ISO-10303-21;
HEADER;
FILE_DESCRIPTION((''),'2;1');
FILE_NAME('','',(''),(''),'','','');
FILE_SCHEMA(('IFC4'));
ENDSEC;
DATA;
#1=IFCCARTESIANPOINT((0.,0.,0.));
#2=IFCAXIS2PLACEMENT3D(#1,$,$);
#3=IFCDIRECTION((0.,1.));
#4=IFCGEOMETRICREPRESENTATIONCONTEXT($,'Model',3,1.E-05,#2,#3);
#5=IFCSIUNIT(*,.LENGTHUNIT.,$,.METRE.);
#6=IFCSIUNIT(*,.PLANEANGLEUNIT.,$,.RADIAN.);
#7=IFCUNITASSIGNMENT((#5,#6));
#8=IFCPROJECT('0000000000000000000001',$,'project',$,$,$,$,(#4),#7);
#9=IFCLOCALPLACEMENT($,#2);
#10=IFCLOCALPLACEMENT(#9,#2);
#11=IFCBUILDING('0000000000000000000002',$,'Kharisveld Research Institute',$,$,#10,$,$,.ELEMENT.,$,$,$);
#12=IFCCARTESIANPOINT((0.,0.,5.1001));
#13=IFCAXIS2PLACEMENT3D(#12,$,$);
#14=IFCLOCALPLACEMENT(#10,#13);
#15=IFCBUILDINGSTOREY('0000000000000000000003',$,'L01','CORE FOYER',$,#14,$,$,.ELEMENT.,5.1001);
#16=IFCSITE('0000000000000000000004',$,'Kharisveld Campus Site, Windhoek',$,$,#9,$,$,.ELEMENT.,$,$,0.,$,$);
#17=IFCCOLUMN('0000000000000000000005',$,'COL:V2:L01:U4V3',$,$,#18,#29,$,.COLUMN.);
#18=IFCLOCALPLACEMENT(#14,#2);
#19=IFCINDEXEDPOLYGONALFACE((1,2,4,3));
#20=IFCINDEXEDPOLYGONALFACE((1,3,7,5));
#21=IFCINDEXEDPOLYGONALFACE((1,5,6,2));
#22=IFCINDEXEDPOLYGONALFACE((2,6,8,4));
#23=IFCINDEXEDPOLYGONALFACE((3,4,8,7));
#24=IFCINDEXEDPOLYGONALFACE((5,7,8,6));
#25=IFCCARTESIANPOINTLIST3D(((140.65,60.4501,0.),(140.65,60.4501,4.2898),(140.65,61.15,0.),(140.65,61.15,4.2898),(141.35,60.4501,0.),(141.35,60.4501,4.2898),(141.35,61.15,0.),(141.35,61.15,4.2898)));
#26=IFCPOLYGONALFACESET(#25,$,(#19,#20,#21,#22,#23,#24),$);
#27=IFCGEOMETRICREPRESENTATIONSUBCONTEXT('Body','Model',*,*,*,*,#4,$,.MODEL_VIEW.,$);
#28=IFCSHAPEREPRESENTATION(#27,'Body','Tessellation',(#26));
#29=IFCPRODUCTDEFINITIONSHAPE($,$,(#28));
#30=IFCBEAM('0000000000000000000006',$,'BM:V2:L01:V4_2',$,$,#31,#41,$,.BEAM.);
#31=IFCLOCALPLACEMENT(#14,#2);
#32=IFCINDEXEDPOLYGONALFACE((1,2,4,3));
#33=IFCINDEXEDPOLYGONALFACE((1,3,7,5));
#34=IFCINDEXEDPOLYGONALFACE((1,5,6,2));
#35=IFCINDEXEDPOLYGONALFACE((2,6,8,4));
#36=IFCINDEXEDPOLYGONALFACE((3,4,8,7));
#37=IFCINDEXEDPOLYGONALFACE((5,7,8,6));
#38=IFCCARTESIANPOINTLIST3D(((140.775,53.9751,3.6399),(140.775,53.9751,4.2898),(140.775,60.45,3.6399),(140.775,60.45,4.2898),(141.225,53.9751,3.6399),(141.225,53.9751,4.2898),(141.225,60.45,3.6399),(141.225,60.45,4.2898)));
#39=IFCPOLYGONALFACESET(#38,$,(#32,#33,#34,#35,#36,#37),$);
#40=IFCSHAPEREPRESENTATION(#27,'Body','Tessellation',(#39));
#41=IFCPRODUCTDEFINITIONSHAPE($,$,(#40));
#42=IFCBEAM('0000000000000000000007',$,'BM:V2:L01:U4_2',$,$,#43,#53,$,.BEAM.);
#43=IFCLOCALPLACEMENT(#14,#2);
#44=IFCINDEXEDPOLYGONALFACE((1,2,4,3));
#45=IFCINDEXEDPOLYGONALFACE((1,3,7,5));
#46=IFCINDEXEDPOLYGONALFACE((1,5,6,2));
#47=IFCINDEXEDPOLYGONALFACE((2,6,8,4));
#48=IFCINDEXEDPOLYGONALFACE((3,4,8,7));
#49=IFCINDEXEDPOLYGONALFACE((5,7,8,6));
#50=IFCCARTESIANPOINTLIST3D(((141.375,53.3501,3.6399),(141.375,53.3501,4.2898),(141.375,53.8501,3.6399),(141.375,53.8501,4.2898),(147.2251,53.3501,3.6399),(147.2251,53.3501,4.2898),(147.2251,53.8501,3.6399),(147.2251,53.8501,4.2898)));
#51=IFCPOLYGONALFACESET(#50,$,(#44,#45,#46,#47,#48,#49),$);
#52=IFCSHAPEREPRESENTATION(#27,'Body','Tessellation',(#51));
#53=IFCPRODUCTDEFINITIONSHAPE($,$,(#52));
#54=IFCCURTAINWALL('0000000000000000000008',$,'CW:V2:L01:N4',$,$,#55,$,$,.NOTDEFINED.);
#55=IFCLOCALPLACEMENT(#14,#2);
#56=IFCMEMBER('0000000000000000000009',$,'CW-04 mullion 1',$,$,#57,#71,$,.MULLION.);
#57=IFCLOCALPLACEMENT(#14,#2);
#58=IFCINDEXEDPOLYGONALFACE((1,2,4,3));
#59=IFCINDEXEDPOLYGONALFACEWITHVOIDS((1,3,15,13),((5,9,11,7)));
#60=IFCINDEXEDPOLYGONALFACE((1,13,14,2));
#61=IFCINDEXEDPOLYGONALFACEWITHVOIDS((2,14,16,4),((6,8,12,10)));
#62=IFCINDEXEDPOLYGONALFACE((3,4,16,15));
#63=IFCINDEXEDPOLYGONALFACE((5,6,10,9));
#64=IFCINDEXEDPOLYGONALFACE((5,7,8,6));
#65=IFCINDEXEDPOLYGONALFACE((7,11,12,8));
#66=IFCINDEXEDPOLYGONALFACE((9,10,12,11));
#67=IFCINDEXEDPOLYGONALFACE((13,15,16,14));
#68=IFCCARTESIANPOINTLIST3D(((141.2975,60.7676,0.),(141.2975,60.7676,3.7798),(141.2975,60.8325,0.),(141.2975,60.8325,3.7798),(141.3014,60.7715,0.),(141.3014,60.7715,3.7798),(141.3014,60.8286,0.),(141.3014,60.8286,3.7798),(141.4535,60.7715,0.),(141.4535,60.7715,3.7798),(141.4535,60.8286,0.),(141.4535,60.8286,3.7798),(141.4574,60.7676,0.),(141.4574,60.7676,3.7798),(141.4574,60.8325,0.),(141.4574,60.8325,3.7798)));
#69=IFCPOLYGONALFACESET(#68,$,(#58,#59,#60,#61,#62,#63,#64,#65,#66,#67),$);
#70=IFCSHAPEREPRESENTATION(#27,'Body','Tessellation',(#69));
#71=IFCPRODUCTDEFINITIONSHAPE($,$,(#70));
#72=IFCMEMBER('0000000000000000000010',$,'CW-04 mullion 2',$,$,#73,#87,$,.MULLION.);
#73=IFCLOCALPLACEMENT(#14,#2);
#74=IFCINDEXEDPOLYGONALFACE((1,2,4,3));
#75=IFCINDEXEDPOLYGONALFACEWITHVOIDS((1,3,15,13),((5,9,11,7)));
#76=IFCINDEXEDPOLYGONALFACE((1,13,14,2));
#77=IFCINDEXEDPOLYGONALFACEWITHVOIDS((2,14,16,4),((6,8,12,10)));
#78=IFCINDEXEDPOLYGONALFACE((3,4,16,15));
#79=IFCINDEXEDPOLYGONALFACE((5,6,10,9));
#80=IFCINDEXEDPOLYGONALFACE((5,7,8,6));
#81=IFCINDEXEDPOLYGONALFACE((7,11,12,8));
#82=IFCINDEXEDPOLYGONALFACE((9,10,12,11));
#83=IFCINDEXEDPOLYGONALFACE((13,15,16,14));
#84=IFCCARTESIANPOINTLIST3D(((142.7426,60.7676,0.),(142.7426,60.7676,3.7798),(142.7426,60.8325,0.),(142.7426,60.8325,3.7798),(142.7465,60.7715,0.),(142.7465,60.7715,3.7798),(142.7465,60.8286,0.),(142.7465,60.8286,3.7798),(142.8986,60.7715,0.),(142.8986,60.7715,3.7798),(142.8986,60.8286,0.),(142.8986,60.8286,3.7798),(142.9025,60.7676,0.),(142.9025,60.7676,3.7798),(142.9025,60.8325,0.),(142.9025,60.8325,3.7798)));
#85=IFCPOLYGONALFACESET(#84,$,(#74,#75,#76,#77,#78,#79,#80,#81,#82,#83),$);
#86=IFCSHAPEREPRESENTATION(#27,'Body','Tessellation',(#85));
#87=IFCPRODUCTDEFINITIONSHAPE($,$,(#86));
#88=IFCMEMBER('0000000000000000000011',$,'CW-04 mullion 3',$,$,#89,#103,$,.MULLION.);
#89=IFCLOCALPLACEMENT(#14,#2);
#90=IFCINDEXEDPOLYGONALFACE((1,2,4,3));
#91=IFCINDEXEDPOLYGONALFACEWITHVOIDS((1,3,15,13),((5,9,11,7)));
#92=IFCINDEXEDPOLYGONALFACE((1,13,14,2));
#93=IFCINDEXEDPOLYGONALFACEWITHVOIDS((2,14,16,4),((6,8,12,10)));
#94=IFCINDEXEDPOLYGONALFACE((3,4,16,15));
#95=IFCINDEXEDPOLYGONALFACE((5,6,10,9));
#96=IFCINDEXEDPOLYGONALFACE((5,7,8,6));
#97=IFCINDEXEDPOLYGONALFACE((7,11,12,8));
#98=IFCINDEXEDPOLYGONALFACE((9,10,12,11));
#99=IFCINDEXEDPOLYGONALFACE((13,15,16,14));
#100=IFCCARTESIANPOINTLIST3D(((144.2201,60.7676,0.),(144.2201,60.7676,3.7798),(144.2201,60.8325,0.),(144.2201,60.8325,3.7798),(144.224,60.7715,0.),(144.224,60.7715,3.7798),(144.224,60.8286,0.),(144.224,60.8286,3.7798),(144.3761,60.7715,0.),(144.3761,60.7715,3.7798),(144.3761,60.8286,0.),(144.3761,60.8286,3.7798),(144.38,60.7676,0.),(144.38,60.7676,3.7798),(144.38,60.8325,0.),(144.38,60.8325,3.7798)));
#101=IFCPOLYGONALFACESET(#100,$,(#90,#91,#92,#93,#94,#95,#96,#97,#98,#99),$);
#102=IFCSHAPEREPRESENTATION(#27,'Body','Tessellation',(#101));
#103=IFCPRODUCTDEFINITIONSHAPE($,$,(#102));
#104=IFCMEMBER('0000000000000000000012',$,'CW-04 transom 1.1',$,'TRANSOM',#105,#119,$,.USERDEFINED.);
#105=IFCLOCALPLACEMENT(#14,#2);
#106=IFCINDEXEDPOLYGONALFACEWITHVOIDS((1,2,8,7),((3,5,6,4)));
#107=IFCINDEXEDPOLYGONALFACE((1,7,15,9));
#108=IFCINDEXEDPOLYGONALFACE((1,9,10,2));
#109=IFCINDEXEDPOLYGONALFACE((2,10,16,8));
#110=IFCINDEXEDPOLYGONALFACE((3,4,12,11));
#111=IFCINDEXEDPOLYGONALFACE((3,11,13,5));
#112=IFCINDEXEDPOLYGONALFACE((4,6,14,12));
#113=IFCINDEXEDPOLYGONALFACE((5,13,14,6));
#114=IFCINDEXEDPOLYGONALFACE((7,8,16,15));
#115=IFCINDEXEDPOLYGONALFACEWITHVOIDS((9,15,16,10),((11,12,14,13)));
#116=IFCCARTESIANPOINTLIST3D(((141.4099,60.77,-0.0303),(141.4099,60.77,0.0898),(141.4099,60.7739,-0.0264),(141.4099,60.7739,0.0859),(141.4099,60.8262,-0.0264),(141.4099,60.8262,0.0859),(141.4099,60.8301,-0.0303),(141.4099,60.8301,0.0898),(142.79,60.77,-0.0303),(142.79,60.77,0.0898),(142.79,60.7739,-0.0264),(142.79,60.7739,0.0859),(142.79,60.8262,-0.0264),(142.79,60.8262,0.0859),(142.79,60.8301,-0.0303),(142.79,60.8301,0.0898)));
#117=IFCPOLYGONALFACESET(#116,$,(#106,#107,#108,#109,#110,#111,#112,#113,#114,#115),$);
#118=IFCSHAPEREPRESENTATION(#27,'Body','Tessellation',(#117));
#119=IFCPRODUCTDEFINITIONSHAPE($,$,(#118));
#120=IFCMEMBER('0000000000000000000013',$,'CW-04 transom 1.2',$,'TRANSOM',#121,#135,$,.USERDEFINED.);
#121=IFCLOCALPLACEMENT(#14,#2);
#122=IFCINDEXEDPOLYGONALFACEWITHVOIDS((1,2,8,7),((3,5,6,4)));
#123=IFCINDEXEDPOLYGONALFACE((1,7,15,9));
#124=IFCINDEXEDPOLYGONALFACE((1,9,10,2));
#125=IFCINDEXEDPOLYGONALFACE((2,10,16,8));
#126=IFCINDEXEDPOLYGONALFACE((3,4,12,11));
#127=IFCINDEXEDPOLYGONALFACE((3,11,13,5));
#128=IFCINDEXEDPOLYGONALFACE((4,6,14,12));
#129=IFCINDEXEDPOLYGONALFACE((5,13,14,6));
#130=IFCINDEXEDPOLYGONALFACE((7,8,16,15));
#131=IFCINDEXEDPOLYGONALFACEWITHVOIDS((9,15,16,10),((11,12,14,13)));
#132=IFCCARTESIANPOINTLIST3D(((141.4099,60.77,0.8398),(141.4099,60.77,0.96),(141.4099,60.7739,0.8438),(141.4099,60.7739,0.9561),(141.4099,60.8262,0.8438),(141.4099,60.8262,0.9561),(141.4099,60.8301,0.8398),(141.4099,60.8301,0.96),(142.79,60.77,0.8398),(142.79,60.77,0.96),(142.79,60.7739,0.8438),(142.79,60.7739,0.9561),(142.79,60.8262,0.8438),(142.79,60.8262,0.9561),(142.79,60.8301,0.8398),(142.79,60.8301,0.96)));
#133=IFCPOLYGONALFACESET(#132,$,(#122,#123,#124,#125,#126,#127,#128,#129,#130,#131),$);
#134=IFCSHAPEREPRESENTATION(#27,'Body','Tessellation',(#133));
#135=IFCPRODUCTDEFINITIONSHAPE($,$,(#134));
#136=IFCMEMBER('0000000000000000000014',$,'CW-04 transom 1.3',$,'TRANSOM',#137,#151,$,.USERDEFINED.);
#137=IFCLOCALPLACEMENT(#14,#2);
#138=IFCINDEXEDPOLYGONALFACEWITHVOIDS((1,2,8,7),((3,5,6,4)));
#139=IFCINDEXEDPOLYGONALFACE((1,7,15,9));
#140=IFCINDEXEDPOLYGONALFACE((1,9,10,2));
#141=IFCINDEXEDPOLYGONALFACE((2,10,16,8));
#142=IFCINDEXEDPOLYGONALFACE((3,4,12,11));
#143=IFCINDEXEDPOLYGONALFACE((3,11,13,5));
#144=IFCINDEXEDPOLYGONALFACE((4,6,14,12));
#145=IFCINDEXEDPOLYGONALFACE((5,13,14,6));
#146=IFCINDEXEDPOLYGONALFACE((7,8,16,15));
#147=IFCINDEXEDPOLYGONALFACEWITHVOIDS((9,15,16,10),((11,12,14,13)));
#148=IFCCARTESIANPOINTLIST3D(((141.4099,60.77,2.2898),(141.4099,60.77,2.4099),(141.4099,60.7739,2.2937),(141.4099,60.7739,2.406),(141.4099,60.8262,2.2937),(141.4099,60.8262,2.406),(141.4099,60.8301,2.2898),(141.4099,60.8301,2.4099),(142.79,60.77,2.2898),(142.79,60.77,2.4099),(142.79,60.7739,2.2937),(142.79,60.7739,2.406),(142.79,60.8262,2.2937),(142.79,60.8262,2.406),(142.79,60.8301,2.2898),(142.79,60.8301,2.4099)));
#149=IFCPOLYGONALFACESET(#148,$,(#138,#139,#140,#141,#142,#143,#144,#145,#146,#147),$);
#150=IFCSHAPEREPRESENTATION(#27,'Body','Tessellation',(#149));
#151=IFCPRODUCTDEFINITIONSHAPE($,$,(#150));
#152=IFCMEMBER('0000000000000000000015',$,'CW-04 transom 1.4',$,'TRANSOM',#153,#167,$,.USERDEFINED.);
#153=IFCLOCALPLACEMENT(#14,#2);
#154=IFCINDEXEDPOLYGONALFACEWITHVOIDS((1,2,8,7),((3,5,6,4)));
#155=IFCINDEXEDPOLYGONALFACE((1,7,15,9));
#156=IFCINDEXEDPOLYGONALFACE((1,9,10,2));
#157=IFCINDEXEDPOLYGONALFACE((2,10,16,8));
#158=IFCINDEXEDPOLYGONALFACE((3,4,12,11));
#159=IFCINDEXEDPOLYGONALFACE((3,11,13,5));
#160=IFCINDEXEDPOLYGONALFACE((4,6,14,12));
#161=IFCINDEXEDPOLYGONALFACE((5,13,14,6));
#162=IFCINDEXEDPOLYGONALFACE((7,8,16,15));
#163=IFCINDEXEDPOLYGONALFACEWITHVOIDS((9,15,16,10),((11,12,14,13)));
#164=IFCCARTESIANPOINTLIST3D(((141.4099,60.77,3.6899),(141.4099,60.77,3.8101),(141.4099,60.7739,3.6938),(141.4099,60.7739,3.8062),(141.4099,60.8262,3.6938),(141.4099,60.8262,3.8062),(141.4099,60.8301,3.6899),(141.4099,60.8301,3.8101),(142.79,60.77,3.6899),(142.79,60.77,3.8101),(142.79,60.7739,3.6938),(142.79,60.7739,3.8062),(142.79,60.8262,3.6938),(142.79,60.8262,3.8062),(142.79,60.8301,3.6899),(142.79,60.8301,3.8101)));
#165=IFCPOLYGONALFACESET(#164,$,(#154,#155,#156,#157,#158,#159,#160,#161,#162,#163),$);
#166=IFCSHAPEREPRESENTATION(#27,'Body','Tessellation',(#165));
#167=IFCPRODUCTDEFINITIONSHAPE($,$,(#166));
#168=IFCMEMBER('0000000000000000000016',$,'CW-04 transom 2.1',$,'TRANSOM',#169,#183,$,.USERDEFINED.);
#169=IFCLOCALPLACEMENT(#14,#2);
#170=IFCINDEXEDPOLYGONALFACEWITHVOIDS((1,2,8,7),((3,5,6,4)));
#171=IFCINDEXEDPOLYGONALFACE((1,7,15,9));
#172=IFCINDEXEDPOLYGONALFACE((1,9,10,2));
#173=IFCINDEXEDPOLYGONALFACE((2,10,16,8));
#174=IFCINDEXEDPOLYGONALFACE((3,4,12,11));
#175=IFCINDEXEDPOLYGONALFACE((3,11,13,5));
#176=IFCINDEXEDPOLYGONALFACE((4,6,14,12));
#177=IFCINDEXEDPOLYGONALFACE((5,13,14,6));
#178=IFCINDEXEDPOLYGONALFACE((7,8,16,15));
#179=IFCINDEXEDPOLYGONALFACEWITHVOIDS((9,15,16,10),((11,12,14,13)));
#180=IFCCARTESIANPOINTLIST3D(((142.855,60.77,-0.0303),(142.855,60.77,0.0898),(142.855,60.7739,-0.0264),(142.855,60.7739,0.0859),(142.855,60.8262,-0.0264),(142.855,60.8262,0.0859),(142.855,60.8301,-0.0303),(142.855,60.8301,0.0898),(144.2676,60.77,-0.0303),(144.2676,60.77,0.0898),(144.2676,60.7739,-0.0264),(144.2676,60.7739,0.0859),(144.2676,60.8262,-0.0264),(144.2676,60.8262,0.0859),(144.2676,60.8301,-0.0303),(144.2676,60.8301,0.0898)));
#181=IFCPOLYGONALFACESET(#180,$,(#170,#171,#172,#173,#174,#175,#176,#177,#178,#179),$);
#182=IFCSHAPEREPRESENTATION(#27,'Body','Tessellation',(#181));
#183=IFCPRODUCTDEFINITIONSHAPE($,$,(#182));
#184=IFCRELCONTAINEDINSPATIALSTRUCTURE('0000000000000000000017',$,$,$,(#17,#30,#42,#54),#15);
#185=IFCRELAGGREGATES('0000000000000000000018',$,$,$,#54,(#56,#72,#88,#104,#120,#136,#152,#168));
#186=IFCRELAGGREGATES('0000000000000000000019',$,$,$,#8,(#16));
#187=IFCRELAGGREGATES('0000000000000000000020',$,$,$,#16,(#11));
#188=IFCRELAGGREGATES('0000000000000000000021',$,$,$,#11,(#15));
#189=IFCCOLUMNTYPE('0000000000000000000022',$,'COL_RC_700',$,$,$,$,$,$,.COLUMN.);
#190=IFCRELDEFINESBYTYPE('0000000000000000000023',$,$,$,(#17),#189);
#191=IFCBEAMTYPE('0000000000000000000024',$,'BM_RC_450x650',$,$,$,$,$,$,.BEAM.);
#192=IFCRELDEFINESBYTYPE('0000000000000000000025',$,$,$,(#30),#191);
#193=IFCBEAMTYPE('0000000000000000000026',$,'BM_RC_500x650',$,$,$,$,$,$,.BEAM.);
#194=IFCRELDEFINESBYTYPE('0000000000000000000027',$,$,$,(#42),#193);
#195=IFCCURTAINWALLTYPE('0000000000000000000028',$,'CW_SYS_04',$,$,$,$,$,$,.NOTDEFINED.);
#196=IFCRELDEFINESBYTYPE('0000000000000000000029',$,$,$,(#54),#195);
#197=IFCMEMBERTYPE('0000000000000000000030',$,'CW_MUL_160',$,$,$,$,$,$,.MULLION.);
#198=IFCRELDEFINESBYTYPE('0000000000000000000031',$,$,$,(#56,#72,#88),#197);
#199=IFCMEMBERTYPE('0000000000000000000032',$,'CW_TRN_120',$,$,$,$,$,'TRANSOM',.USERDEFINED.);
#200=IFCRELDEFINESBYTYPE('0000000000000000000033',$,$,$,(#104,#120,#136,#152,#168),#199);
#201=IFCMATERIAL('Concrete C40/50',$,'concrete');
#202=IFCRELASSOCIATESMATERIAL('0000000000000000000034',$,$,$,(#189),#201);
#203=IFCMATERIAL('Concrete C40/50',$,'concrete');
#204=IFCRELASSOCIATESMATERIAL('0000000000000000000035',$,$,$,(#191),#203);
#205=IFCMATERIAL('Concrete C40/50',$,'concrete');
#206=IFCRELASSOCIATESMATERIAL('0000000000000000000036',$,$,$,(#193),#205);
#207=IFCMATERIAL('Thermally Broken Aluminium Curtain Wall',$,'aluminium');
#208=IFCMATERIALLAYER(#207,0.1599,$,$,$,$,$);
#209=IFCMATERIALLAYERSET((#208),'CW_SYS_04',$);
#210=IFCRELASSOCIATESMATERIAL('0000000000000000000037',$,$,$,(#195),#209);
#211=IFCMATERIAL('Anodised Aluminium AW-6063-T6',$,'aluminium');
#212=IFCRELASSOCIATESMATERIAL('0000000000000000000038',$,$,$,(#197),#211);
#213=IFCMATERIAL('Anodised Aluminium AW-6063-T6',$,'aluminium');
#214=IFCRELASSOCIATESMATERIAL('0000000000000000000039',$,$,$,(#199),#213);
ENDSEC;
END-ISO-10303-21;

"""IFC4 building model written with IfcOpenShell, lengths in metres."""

from ifc_helpers import new_model, si_unit, direction, frame, origin, origin_2d, place, context, subcontext, project, spatial, rectangle, hollow_rectangle, extrude, material, layer, layer_set, material_profile, profile_set, type_object, element, aggregate, save


model = new_model("IFC4")

# Units and contexts
model_context = context("Model", 3, precision=1e-05, world=origin(), true_north=direction((0.0, 1.0)))
body_context = subcontext(model_context, "Body", "Model", "MODEL_VIEW")
ifc_project = project(units=[si_unit("LENGTHUNIT", "METRE"), si_unit("PLANEANGLEUNIT", "RADIAN")], contexts=[model_context])

# Site, building, storey
site_placement = place(None, origin())
site = spatial("IfcSite", under=ifc_project, at=site_placement, Name="Kharisveld Campus Site, Windhoek", CompositionType="ELEMENT", RefElevation=0.0)
building_placement = place(site_placement, origin())
building = spatial("IfcBuilding", under=site, at=building_placement, Name="Kharisveld Research Institute", CompositionType="ELEMENT")
storey_placement = place(building_placement, frame((0.0, 0.0, 5.1001)))
storey = spatial("IfcBuildingStorey", under=building, at=storey_placement, Name="L01", Description="CORE FOYER", CompositionType="ELEMENT", Elevation=5.1001)

# Column
ifc_material_1 = material(Name="Concrete C40/50", Category="concrete")
ifc_material_profile_1 = material_profile(ifc_material_1, rectangle(XDim=0.7, YDim=0.7, at=origin_2d()))
ifc_profile_set_1 = profile_set([ifc_material_profile_1], Name="Concrete C40/50")
column_type = type_object("IfcColumnType", Name="COL_RC_700", PredefinedType="COLUMN", material=ifc_profile_set_1)
column_placement = place(storey_placement, frame((141.0, 60.8, 0.0), z_axis=(0.0, 0.0, 1.0), x_axis=(1.0, 0.0, 0.0)))
element("IfcColumn", 1, at=column_placement, inside=storey, type_object=column_type, Name="COL:V2:L01:U4V3", PredefinedType="COLUMN", context=body_context, shape_type="SweptSolid", body=[
    extrude(rectangle(XDim=0.7, YDim=0.7, at=origin_2d()), origin(), (0.0, 0.0, 1.0), 4.2898),
])

# Beams
ifc_material_2 = material(Name="Concrete C40/50", Category="concrete")
ifc_material_profile_2 = material_profile(ifc_material_2, rectangle(XDim=0.45, YDim=0.6499, at=origin_2d()))
ifc_profile_set_2 = profile_set([ifc_material_profile_2], Name="Concrete C40/50")
beam_type_1 = type_object("IfcBeamType", Name="BM_RC_450x650", PredefinedType="BEAM", material=ifc_profile_set_2)
beam_1_placement = place(storey_placement, frame((141.0, 53.9751, 3.9648), z_axis=(0.0, 1.0, 0.0), x_axis=(-1.0, 0.0, 0.0)))
element("IfcBeam", 2, at=beam_1_placement, inside=storey, type_object=beam_type_1, Name="BM:V2:L01:V4_2", PredefinedType="BEAM", context=body_context, shape_type="SweptSolid", body=[
    extrude(rectangle(XDim=0.45, YDim=0.6499, at=origin_2d()), origin(), (0.0, 0.0, 1.0), 6.4749),
])
ifc_material_3 = material(Name="Concrete C40/50", Category="concrete")
ifc_material_profile_3 = material_profile(ifc_material_3, rectangle(XDim=0.5, YDim=0.6499, at=origin_2d()))
ifc_profile_set_3 = profile_set([ifc_material_profile_3], Name="Concrete C40/50")
beam_type_2 = type_object("IfcBeamType", Name="BM_RC_500x650", PredefinedType="BEAM", material=ifc_profile_set_3)
beam_2_placement = place(storey_placement, frame((141.375, 53.6001, 3.9648), z_axis=(1.0, 0.0, 0.0), x_axis=(0.0, 1.0, 0.0)))
element("IfcBeam", 3, at=beam_2_placement, inside=storey, type_object=beam_type_2, Name="BM:V2:L01:U4_2", PredefinedType="BEAM", context=body_context, shape_type="SweptSolid", body=[
    extrude(rectangle(XDim=0.5, YDim=0.6499, at=origin_2d()), origin(), (0.0, 0.0, 1.0), 5.8501),
])

# Curtain wall, members
ifc_material_4 = material(Name="Thermally Broken Aluminium Curtain Wall", Category="aluminium")
ifc_layer_1 = layer(ifc_material_4, 0.1599)
ifc_layer_set_1 = layer_set([ifc_layer_1], Name="CW_SYS_04")
curtain_wall_type = type_object("IfcCurtainWallType", Name="CW_SYS_04", PredefinedType="NOTDEFINED", material=ifc_layer_set_1)
curtain_wall_placement = place(storey_placement, origin())
curtain_wall = element("IfcCurtainWall", 4, at=curtain_wall_placement, inside=storey, type_object=curtain_wall_type, Name="CW:V2:L01:N4", PredefinedType="NOTDEFINED")
ifc_material_5 = material(Name="Anodised Aluminium AW-6063-T6", Category="aluminium")
ifc_material_profile_4 = material_profile(ifc_material_5, hollow_rectangle(XDim=0.0649, YDim=0.1599, WallThickness=0.0039, at=origin_2d()))
ifc_profile_set_4 = profile_set([ifc_material_profile_4], Name="Anodised Aluminium AW-6063-T6")
member_type_1 = type_object("IfcMemberType", Name="CW_MUL_160", PredefinedType="MULLION", material=ifc_profile_set_4)
member_1_placement = place(storey_placement, frame((141.3774, 60.8, 0.0), z_axis=(0.0, 0.0, 1.0), x_axis=(0.0, 1.0, 0.0)))
member_1 = element("IfcMember", 5, at=member_1_placement, type_object=member_type_1, Name="CW-04 mullion 1", PredefinedType="MULLION", context=body_context, shape_type="SweptSolid", body=[
    extrude(hollow_rectangle(XDim=0.0649, YDim=0.1599, WallThickness=0.0039, at=origin_2d()), origin(), (0.0, 0.0, 1.0), 3.7798),
])
member_2_placement = place(storey_placement, frame((142.8225, 60.8, 0.0), z_axis=(0.0, 0.0, 1.0), x_axis=(0.0, 1.0, 0.0)))
member_2 = element("IfcMember", 6, at=member_2_placement, type_object=member_type_1, Name="CW-04 mullion 2", PredefinedType="MULLION", context=body_context, shape_type="SweptSolid", body=[
    extrude(hollow_rectangle(XDim=0.0649, YDim=0.1599, WallThickness=0.0039, at=origin_2d()), origin(), (0.0, 0.0, 1.0), 3.7798),
])
member_3_placement = place(storey_placement, frame((144.3, 60.8, 0.0), z_axis=(0.0, 0.0, 1.0), x_axis=(0.0, 1.0, 0.0)))
member_3 = element("IfcMember", 7, at=member_3_placement, type_object=member_type_1, Name="CW-04 mullion 3", PredefinedType="MULLION", context=body_context, shape_type="SweptSolid", body=[
    extrude(hollow_rectangle(XDim=0.0649, YDim=0.1599, WallThickness=0.0039, at=origin_2d()), origin(), (0.0, 0.0, 1.0), 3.7798),
])
ifc_material_6 = material(Name="Anodised Aluminium AW-6063-T6", Category="aluminium")
ifc_material_profile_5 = material_profile(ifc_material_6, hollow_rectangle(XDim=0.0601, YDim=0.1201, WallThickness=0.0039, at=origin_2d()))
ifc_profile_set_5 = profile_set([ifc_material_profile_5], Name="Anodised Aluminium AW-6063-T6")
member_type_2 = type_object("IfcMemberType", Name="CW_TRN_120", ElementType="TRANSOM", PredefinedType="USERDEFINED", material=ifc_profile_set_5)
member_4_placement = place(storey_placement, frame((141.4099, 60.8, 0.0298), z_axis=(1.0, 0.0, 0.0), x_axis=(0.0, 1.0, 0.0)))
member_4 = element("IfcMember", 8, at=member_4_placement, type_object=member_type_2, Name="CW-04 transom 1.1", ObjectType="TRANSOM", PredefinedType="USERDEFINED", context=body_context, shape_type="SweptSolid", body=[
    extrude(hollow_rectangle(XDim=0.0601, YDim=0.1201, WallThickness=0.0039, at=origin_2d()), origin(), (0.0, 0.0, 1.0), 1.3801),
])
member_5_placement = place(storey_placement, frame((141.4099, 60.8, 0.8999), z_axis=(1.0, 0.0, 0.0), x_axis=(0.0, 1.0, 0.0)))
member_5 = element("IfcMember", 9, at=member_5_placement, type_object=member_type_2, Name="CW-04 transom 1.2", ObjectType="TRANSOM", PredefinedType="USERDEFINED", context=body_context, shape_type="SweptSolid", body=[
    extrude(hollow_rectangle(XDim=0.0601, YDim=0.1201, WallThickness=0.0039, at=origin_2d()), origin(), (0.0, 0.0, 1.0), 1.3801),
])
member_6_placement = place(storey_placement, frame((141.4099, 60.8, 2.3499), z_axis=(1.0, 0.0, 0.0), x_axis=(0.0, 1.0, 0.0)))
member_6 = element("IfcMember", 10, at=member_6_placement, type_object=member_type_2, Name="CW-04 transom 1.3", ObjectType="TRANSOM", PredefinedType="USERDEFINED", context=body_context, shape_type="SweptSolid", body=[
    extrude(hollow_rectangle(XDim=0.0601, YDim=0.1201, WallThickness=0.0039, at=origin_2d()), origin(), (0.0, 0.0, 1.0), 1.3801),
])
member_7_placement = place(storey_placement, frame((141.4099, 60.8, 3.75), z_axis=(1.0, 0.0, 0.0), x_axis=(0.0, 1.0, 0.0)))
member_7 = element("IfcMember", 11, at=member_7_placement, type_object=member_type_2, Name="CW-04 transom 1.4", ObjectType="TRANSOM", PredefinedType="USERDEFINED", context=body_context, shape_type="SweptSolid", body=[
    extrude(hollow_rectangle(XDim=0.0601, YDim=0.1201, WallThickness=0.0039, at=origin_2d()), origin(), (0.0, 0.0, 1.0), 1.3801),
])
member_8_placement = place(storey_placement, frame((142.855, 60.8, 0.0298), z_axis=(1.0, 0.0, 0.0), x_axis=(0.0, 1.0, 0.0)))
member_8 = element("IfcMember", 12, at=member_8_placement, type_object=member_type_2, Name="CW-04 transom 2.1", ObjectType="TRANSOM", PredefinedType="USERDEFINED", context=body_context, shape_type="SweptSolid", body=[
    extrude(hollow_rectangle(XDim=0.0601, YDim=0.1201, WallThickness=0.0039, at=origin_2d()), origin(), (0.0, 0.0, 1.0), 1.4126),
])

aggregate(curtain_wall, [member_1, member_2, member_3, member_4, member_5, member_6, member_7, member_8])

save(model, "model.ifc")
